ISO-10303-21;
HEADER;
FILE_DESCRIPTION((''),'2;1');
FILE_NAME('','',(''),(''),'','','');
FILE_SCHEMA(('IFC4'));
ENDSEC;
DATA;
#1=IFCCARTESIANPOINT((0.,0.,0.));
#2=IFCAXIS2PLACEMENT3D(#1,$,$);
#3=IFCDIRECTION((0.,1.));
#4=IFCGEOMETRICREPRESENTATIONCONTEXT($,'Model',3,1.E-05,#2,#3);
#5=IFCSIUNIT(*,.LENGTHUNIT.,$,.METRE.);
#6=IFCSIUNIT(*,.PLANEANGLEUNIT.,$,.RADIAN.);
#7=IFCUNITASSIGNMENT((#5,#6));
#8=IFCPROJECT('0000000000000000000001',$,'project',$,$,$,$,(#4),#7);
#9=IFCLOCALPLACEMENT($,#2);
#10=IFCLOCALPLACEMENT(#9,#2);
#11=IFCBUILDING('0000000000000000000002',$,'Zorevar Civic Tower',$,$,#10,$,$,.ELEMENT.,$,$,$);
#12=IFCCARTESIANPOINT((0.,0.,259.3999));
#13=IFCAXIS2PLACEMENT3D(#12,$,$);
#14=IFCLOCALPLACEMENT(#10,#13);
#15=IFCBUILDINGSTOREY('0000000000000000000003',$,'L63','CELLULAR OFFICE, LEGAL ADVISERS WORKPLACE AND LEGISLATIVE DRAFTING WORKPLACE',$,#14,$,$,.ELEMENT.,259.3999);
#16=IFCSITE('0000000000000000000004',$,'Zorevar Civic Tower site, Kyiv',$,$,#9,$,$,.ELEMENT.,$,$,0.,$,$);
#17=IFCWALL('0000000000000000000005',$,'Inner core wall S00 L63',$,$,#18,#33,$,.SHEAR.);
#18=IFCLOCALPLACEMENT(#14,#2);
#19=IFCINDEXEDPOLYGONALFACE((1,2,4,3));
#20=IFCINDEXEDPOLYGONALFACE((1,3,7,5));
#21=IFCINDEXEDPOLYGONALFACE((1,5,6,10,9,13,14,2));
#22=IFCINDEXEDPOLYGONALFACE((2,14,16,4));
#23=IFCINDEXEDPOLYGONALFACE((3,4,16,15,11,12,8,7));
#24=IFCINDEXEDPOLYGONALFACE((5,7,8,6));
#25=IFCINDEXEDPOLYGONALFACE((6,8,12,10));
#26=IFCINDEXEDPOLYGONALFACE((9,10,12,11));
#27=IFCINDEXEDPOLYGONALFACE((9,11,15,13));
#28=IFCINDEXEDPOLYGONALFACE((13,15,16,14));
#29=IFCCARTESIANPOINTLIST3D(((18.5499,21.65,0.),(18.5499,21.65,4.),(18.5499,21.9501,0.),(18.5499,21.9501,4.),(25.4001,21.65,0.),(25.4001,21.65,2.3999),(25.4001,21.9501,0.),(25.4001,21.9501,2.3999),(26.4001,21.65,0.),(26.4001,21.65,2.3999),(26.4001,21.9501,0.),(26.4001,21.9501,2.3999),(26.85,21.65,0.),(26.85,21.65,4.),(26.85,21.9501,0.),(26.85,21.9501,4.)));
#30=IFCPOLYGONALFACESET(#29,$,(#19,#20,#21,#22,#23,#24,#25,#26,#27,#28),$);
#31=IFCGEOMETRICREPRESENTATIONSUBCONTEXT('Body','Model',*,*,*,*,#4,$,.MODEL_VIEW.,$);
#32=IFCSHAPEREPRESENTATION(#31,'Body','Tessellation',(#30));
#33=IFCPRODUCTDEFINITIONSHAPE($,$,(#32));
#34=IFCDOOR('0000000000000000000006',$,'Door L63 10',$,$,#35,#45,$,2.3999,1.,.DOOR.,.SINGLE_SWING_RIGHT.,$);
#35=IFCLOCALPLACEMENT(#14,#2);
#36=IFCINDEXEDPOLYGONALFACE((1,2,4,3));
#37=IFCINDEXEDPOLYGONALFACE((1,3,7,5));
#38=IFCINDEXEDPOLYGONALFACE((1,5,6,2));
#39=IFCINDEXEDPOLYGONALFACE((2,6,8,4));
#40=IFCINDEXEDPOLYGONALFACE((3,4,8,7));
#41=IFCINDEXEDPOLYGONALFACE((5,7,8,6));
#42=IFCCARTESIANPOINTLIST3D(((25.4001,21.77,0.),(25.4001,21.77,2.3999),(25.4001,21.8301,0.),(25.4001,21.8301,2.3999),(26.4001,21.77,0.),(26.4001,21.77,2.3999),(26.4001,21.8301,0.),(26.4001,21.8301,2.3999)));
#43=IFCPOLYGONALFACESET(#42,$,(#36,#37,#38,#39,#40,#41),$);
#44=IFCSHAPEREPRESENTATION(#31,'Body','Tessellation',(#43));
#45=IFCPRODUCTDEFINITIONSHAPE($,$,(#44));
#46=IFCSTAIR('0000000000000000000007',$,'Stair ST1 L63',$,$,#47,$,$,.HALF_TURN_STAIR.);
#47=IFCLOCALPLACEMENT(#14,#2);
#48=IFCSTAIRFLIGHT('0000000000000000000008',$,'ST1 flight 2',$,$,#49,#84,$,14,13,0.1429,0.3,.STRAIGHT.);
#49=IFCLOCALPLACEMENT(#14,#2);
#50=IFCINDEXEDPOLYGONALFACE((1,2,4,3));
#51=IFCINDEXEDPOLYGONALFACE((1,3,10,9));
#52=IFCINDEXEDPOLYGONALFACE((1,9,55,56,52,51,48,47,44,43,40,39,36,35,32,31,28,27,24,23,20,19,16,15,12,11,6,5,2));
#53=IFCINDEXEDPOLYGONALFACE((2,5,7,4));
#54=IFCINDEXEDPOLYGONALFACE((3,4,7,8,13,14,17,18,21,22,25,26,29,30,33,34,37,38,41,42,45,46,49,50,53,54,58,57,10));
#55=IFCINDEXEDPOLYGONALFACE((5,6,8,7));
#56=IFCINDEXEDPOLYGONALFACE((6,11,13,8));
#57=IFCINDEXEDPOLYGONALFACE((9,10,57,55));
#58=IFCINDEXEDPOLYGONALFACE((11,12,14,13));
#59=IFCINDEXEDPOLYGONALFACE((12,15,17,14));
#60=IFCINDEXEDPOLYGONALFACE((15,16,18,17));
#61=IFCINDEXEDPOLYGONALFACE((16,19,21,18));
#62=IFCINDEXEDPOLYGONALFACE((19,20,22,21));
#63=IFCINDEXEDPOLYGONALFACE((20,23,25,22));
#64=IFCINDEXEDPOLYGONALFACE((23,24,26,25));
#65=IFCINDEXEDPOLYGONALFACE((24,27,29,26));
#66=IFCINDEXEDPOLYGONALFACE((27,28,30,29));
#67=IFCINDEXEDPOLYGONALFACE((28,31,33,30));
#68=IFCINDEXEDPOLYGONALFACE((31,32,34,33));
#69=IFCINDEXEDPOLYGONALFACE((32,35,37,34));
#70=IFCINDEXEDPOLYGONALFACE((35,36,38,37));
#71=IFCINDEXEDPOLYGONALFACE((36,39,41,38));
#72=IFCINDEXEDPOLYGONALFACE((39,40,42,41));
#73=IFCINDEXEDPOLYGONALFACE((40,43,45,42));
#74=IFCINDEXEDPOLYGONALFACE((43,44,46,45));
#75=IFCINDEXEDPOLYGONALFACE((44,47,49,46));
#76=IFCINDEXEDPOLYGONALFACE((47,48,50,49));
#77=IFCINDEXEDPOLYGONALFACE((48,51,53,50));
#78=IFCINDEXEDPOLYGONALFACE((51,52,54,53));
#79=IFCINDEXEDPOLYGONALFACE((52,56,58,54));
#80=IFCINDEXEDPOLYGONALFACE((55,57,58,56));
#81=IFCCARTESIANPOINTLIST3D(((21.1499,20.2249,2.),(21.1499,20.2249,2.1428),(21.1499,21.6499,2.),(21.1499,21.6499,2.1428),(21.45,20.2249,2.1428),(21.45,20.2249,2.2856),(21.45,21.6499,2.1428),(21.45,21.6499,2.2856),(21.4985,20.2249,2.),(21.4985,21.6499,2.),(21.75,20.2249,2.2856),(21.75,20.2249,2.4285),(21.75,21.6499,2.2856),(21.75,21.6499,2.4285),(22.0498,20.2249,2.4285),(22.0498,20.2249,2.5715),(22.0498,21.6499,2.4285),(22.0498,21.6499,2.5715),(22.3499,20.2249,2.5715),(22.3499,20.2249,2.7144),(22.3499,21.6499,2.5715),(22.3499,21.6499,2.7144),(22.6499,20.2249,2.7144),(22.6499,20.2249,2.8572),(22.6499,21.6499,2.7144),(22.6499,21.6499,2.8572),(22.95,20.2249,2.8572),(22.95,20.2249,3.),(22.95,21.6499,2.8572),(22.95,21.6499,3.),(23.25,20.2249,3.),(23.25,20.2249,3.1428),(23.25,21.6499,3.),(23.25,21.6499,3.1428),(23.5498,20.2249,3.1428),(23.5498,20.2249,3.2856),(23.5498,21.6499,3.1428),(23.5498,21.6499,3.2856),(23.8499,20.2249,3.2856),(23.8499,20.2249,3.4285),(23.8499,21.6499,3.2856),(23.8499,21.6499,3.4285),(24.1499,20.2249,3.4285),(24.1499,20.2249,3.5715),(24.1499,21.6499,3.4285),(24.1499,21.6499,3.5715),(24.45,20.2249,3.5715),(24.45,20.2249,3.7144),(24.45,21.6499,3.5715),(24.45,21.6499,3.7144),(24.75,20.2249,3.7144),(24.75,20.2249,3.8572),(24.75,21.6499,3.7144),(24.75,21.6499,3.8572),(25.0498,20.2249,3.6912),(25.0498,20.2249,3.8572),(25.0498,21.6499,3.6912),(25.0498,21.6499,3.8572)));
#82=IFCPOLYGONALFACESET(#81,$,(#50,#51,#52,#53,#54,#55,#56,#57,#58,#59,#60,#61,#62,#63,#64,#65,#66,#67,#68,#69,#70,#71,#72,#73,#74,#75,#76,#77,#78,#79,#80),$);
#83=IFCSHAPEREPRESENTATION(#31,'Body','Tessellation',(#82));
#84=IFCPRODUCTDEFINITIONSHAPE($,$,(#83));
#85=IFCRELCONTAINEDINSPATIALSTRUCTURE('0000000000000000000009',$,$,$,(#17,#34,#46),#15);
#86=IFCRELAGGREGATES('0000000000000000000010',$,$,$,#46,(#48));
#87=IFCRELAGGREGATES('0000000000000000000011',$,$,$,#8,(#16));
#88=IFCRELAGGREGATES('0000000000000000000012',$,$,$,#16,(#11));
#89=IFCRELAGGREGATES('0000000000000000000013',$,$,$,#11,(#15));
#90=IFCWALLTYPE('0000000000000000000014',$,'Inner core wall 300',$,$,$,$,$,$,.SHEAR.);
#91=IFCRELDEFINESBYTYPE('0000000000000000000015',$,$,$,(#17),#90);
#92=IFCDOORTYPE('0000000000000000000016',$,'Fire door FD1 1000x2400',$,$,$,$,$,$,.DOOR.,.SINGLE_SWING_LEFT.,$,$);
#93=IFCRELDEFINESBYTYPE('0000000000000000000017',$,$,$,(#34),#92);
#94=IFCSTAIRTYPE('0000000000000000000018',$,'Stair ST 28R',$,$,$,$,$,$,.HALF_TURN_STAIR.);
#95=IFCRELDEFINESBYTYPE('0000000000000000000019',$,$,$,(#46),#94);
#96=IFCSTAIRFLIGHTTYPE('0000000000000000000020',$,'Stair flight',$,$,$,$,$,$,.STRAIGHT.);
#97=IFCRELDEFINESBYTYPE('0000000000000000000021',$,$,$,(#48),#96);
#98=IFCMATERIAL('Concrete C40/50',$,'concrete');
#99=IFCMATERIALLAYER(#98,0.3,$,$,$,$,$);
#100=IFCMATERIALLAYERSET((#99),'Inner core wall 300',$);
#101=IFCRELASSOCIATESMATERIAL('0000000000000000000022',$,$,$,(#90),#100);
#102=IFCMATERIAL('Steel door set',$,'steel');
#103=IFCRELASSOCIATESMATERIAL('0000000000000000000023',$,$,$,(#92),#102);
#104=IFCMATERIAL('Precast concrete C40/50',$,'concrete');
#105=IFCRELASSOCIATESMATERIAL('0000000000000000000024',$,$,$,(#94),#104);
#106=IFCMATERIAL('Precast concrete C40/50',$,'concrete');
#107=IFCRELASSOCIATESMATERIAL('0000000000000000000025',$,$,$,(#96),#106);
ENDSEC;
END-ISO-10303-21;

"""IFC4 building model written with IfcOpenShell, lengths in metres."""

from ifc_helpers import new_model, si_unit, direction, frame, frame_2d, origin, place, context, subcontext, project, spatial, polyline, rectangle, outline, extrude, material, layer, layer_set, type_object, element, fill, aggregate, save


model = new_model("IFC4")

# Units and contexts
model_context = context("Model", 3, precision=1e-05, world=origin(), true_north=direction((0.0, 1.0)))
body_context = subcontext(model_context, "Body", "Model", "MODEL_VIEW")
ifc_project = project(units=[si_unit("LENGTHUNIT", "METRE"), si_unit("PLANEANGLEUNIT", "RADIAN")], contexts=[model_context])

# Site, building, storey
site_placement = place(None, origin())
site = spatial("IfcSite", under=ifc_project, at=site_placement, Name="Zorevar Civic Tower site, Kyiv", CompositionType="ELEMENT", RefElevation=0.0)
building_placement = place(site_placement, origin())
building = spatial("IfcBuilding", under=site, at=building_placement, Name="Zorevar Civic Tower", CompositionType="ELEMENT")
storey_placement = place(building_placement, frame((0.0, 0.0, 259.3999)))
storey = spatial("IfcBuildingStorey", under=building, at=storey_placement, Name="L63", Description="CELLULAR OFFICE, LEGAL ADVISERS WORKPLACE AND LEGISLATIVE DRAFTING WORKPLACE", CompositionType="ELEMENT", Elevation=259.3999)

# Wall, opening, door
ifc_material_1 = material(Name="Concrete C40/50", Category="concrete")
ifc_layer = layer(ifc_material_1, 0.3)
ifc_layer_set = layer_set([ifc_layer], Name="Inner core wall 300")
wall_type = type_object("IfcWallType", Name="Inner core wall 300", PredefinedType="SHEAR", material=ifc_layer_set)
wall_1_placement = place(storey_placement, frame((18.55, 21.8, 0.0), z_axis=(0.0, 0.0, 1.0), x_axis=(1.0, 0.0, 0.0)))
wall_1 = element("IfcWall", 1, at=wall_1_placement, inside=storey, type_object=wall_type, Name="Inner core wall S00 L63", PredefinedType="SHEAR", context=body_context, shape_type="SweptSolid", body=[
    extrude(rectangle(XDim=8.3, YDim=0.3, at=frame_2d((4.1499, 0.0))), origin(), (0.0, 0.0, 1.0), 4.0),
])
opening_1_placement = place(wall_1_placement, frame((6.8501, 0.0, 0.0)))
opening_1 = element("IfcOpeningElement", 2, at=opening_1_placement, cuts=wall_1, PredefinedType="OPENING", context=body_context, shape_type="SweptSolid", body=[
    extrude(rectangle(XDim=1.0, YDim=2.3999, at=frame_2d((0.5, 1.2))), frame((0.0, 0.1599, 0.0), z_axis=(0.0, -1.0, 0.0), x_axis=(1.0, 0.0, 0.0)), (0.0, 0.0, 1.0), 0.3201),
])
ifc_material_2 = material(Name="Steel door set", Category="steel")
door_type_1 = type_object("IfcDoorType", Name="Fire door FD1 1000x2400", OperationType="SINGLE_SWING_LEFT", PredefinedType="DOOR", material=ifc_material_2)
door_1_placement = place(opening_1_placement, origin())
door_1 = element("IfcDoor", 3, at=door_1_placement, inside=storey, type_object=door_type_1, Name="Door L63 10", OperationType="SINGLE_SWING_RIGHT", OverallHeight=2.3999, OverallWidth=1.0, PredefinedType="DOOR", context=body_context, shape_type="SweptSolid", body=[
    extrude(rectangle(XDim=1.0, YDim=2.3999, at=frame_2d((0.5, 1.2))), frame((0.0, 0.03, 0.0), z_axis=(0.0, -1.0, 0.0), x_axis=(1.0, 0.0, 0.0)), (0.0, 0.0, 1.0), 0.0601),
])
fill(opening_1, door_1)

# Stair, stair flight
ifc_material_3 = material(Name="Precast concrete C40/50", Category="concrete")
stair_type = type_object("IfcStairType", Name="Stair ST 28R", PredefinedType="HALF_TURN_STAIR", material=ifc_material_3)
stair_placement = place(storey_placement, origin())
stair = element("IfcStair", 4, at=stair_placement, inside=storey, type_object=stair_type, Name="Stair ST1 L63", PredefinedType="HALF_TURN_STAIR")
ifc_material_4 = material(Name="Precast concrete C40/50", Category="concrete")
stair_flight_type = type_object("IfcStairFlightType", Name="Stair flight", PredefinedType="STRAIGHT", material=ifc_material_4)
stair_flight_placement = place(storey_placement, frame((21.1499, 20.9375, 2.0), z_axis=(0.0, 0.0, 1.0), x_axis=(1.0, 0.0, 0.0)))
stair_flight = element("IfcStairFlight", 5, at=stair_flight_placement, type_object=stair_flight_type, Name="ST1 flight 2", NumberOfRisers=14, NumberOfTreads=13, PredefinedType="STRAIGHT", RiserHeight=0.1429, TreadLength=0.3, context=body_context, shape_type="SweptSolid", body=[
    extrude(outline(polyline([(0.0, 0.0), (0.0, 0.1428), (0.3, 0.1428), (0.3, 0.2856), (0.6001, 0.2856), (0.6001, 0.4285), (0.8999, 0.4285), (0.8999, 0.5715), (1.2, 0.5715), (1.2, 0.7144), (1.5, 0.7144), (1.5, 0.8572), (1.8, 0.8572), (1.8, 1.0), (2.1001, 1.0), (2.1001, 1.1428), (2.3999, 1.1428), (2.3999, 1.2856), (2.7, 1.2856), (2.7, 1.4285), (3.0, 1.4285), (3.0, 1.5715), (3.3, 1.5715), (3.3, 1.7144), (3.6001, 1.7144), (3.6001, 1.8572), (3.8999, 1.8572), (3.8999, 2.0), (3.8999, 1.6912), (0.3486, 0.0), (0.0, 0.0)])), frame((0.0, 0.7124, 0.0), z_axis=(0.0, -1.0, 0.0), x_axis=(1.0, 0.0, 0.0)), (0.0, 0.0, 1.0), 1.425),
])
aggregate(stair, [stair_flight])

save(model, "model.ifc")
